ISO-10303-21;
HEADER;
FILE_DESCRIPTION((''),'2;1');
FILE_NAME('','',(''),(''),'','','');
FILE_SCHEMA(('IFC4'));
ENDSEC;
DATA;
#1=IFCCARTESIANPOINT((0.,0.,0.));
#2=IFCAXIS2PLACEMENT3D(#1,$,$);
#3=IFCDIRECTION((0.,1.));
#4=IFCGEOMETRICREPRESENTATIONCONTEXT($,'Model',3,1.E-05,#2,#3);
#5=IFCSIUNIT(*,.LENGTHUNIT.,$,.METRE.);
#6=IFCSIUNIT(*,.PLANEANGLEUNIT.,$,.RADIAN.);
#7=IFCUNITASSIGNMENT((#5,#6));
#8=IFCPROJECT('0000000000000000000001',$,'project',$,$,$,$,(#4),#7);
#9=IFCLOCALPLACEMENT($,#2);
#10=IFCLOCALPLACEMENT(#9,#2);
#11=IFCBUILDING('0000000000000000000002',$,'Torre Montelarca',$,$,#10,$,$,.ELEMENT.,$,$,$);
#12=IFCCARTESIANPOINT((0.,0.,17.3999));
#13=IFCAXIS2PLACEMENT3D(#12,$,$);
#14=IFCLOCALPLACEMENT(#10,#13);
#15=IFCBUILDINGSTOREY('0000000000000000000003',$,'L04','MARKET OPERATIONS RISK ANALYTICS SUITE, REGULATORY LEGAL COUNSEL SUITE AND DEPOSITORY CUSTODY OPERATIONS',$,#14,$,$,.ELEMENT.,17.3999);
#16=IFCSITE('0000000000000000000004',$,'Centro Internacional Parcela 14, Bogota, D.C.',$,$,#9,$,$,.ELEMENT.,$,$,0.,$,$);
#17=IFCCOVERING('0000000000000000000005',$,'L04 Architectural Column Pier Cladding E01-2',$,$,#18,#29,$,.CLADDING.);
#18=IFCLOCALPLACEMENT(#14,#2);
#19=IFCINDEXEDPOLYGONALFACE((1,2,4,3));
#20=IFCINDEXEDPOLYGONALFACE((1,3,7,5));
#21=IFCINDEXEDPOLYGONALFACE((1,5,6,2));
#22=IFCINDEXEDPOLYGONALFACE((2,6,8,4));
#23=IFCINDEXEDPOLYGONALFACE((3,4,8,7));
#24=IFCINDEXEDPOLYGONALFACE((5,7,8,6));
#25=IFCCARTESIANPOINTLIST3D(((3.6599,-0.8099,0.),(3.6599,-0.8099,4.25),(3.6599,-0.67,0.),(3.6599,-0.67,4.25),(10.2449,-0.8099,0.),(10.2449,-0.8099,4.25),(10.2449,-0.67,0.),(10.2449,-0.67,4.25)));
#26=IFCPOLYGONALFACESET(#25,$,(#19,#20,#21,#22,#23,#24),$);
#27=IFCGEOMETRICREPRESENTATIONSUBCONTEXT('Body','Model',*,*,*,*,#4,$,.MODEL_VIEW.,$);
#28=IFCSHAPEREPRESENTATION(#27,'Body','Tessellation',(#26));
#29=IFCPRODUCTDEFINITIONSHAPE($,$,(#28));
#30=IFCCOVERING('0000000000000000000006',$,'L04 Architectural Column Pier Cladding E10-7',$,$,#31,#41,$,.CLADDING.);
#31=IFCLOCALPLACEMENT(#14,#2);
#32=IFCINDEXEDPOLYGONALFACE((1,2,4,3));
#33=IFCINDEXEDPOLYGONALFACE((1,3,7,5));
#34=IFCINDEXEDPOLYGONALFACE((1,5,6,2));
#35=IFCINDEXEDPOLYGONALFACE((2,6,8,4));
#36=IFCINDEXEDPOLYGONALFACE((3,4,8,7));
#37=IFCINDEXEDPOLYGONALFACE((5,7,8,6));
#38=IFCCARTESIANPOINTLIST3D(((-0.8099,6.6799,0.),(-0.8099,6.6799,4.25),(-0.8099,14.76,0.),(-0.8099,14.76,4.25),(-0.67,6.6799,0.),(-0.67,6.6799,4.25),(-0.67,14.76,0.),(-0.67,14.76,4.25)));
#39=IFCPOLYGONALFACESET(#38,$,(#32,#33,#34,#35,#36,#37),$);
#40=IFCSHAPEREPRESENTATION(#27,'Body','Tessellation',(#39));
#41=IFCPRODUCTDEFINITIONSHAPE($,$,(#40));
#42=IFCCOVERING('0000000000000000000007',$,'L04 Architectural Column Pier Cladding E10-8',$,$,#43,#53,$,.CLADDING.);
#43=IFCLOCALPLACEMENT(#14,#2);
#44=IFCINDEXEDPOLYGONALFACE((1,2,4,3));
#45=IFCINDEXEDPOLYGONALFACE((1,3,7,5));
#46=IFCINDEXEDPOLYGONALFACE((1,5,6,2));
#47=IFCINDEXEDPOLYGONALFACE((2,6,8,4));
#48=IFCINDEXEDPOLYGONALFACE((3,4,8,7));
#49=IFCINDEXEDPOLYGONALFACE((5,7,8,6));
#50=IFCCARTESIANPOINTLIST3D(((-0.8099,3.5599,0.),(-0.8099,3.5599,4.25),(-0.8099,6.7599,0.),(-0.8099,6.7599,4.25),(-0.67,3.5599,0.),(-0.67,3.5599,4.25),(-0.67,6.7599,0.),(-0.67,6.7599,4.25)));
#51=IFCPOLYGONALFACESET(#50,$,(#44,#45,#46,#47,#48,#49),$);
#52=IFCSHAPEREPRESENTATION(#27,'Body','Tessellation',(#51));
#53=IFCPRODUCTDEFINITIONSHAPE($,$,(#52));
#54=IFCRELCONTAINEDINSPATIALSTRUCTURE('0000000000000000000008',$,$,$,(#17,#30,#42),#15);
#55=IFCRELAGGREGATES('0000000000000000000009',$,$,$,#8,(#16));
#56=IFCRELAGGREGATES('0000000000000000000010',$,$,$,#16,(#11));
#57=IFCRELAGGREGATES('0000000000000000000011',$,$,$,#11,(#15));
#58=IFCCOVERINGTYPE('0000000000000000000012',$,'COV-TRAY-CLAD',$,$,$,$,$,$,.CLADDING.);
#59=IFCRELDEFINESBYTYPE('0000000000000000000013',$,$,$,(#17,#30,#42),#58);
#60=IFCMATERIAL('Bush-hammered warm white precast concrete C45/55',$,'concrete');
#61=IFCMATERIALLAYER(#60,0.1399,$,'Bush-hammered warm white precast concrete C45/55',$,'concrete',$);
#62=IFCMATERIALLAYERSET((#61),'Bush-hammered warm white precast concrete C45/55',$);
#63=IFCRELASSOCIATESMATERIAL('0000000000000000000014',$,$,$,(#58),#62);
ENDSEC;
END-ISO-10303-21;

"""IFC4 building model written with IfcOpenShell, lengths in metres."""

from ifc_helpers import new_model, si_unit, direction, frame, origin, origin_2d, place, context, subcontext, project, spatial, rectangle, extrude, source, transform, mapped, material, layer, layer_set, type_object, element, save


model = new_model("IFC4")

# Units and contexts
model_context = context("Model", 3, precision=1e-05, world=origin(), true_north=direction((0.0, 1.0)))
body_context = subcontext(model_context, "Body", "Model", "MODEL_VIEW")
ifc_project = project(units=[si_unit("LENGTHUNIT", "METRE"), si_unit("PLANEANGLEUNIT", "RADIAN")], contexts=[model_context])

# Site, building, storey
site_placement = place(None, origin())
site = spatial("IfcSite", under=ifc_project, at=site_placement, Name="Centro Internacional Parcela 14, Bogota, D.C.", CompositionType="ELEMENT", RefElevation=0.0)
building_placement = place(site_placement, origin())
building = spatial("IfcBuilding", under=site, at=building_placement, Name="Torre Montelarca", CompositionType="ELEMENT")
storey_placement = place(building_placement, frame((0.0, 0.0, 17.3999)))
storey = spatial("IfcBuildingStorey", under=building, at=storey_placement, Name="L04", Description="MARKET OPERATIONS RISK ANALYTICS SUITE, REGULATORY LEGAL COUNSEL SUITE AND DEPOSITORY CUSTODY OPERATIONS", CompositionType="ELEMENT", Elevation=17.3999)

# Coverings
ifc_material_1 = material(Name="Bush-hammered warm white precast concrete C45/55", Category="concrete")
ifc_layer_1 = layer(ifc_material_1, 0.1399, Name="Bush-hammered warm white precast concrete C45/55", Category="concrete")
ifc_layer_set_1 = layer_set([ifc_layer_1], Name="Bush-hammered warm white precast concrete C45/55")
covering_type_1 = type_object("IfcCoveringType", Name="COV-TRAY-CLAD", PredefinedType="CLADDING", material=ifc_layer_set_1)
shared_shape_1 = source(origin(), body_context, "Body", "SweptSolid", [
    extrude(rectangle(XDim=6.585, YDim=0.1399, at=origin_2d()), origin(), (0.0, 0.0, 1.0), 4.25),
])
covering_1_placement = place(storey_placement, frame((6.9524, -0.74, 0.0), z_axis=(0.0, 0.0, 1.0), x_axis=(1.0, 0.0, 0.0)))
element("IfcCovering", 1, at=covering_1_placement, inside=storey, type_object=covering_type_1, Name="L04 Architectural Column Pier Cladding E01-2", PredefinedType="CLADDING", context=body_context, shape_type="MappedRepresentation", body=[
    mapped(shared_shape_1, transform((0.0, 0.0, 0.0), scale=1.0)),
])
shared_shape_2 = source(origin(), body_context, "Body", "SweptSolid", [
    extrude(rectangle(XDim=8.0801, YDim=0.1399, at=origin_2d()), origin(), (0.0, 0.0, 1.0), 4.25),
])
covering_2_placement = place(storey_placement, frame((-0.74, 10.72, 0.0), z_axis=(0.0, 0.0, 1.0), x_axis=(0.0, -1.0, 0.0)))
element("IfcCovering", 2, at=covering_2_placement, inside=storey, type_object=covering_type_1, Name="L04 Architectural Column Pier Cladding E10-7", PredefinedType="CLADDING", context=body_context, shape_type="MappedRepresentation", body=[
    mapped(shared_shape_2, transform((0.0, 0.0, 0.0), scale=1.0)),
])
shared_shape_3 = source(origin(), body_context, "Body", "SweptSolid", [
    extrude(rectangle(XDim=3.2, YDim=0.1399, at=origin_2d()), origin(), (0.0, 0.0, 1.0), 4.25),
])
covering_3_placement = place(storey_placement, frame((-0.74, 5.1599, 0.0), z_axis=(0.0, 0.0, 1.0), x_axis=(0.0, -1.0, 0.0)))
element("IfcCovering", 3, at=covering_3_placement, inside=storey, type_object=covering_type_1, Name="L04 Architectural Column Pier Cladding E10-8", PredefinedType="CLADDING", context=body_context, shape_type="MappedRepresentation", body=[
    mapped(shared_shape_3, transform((0.0, 0.0, 0.0), scale=1.0)),
])

save(model, "model.ifc")
